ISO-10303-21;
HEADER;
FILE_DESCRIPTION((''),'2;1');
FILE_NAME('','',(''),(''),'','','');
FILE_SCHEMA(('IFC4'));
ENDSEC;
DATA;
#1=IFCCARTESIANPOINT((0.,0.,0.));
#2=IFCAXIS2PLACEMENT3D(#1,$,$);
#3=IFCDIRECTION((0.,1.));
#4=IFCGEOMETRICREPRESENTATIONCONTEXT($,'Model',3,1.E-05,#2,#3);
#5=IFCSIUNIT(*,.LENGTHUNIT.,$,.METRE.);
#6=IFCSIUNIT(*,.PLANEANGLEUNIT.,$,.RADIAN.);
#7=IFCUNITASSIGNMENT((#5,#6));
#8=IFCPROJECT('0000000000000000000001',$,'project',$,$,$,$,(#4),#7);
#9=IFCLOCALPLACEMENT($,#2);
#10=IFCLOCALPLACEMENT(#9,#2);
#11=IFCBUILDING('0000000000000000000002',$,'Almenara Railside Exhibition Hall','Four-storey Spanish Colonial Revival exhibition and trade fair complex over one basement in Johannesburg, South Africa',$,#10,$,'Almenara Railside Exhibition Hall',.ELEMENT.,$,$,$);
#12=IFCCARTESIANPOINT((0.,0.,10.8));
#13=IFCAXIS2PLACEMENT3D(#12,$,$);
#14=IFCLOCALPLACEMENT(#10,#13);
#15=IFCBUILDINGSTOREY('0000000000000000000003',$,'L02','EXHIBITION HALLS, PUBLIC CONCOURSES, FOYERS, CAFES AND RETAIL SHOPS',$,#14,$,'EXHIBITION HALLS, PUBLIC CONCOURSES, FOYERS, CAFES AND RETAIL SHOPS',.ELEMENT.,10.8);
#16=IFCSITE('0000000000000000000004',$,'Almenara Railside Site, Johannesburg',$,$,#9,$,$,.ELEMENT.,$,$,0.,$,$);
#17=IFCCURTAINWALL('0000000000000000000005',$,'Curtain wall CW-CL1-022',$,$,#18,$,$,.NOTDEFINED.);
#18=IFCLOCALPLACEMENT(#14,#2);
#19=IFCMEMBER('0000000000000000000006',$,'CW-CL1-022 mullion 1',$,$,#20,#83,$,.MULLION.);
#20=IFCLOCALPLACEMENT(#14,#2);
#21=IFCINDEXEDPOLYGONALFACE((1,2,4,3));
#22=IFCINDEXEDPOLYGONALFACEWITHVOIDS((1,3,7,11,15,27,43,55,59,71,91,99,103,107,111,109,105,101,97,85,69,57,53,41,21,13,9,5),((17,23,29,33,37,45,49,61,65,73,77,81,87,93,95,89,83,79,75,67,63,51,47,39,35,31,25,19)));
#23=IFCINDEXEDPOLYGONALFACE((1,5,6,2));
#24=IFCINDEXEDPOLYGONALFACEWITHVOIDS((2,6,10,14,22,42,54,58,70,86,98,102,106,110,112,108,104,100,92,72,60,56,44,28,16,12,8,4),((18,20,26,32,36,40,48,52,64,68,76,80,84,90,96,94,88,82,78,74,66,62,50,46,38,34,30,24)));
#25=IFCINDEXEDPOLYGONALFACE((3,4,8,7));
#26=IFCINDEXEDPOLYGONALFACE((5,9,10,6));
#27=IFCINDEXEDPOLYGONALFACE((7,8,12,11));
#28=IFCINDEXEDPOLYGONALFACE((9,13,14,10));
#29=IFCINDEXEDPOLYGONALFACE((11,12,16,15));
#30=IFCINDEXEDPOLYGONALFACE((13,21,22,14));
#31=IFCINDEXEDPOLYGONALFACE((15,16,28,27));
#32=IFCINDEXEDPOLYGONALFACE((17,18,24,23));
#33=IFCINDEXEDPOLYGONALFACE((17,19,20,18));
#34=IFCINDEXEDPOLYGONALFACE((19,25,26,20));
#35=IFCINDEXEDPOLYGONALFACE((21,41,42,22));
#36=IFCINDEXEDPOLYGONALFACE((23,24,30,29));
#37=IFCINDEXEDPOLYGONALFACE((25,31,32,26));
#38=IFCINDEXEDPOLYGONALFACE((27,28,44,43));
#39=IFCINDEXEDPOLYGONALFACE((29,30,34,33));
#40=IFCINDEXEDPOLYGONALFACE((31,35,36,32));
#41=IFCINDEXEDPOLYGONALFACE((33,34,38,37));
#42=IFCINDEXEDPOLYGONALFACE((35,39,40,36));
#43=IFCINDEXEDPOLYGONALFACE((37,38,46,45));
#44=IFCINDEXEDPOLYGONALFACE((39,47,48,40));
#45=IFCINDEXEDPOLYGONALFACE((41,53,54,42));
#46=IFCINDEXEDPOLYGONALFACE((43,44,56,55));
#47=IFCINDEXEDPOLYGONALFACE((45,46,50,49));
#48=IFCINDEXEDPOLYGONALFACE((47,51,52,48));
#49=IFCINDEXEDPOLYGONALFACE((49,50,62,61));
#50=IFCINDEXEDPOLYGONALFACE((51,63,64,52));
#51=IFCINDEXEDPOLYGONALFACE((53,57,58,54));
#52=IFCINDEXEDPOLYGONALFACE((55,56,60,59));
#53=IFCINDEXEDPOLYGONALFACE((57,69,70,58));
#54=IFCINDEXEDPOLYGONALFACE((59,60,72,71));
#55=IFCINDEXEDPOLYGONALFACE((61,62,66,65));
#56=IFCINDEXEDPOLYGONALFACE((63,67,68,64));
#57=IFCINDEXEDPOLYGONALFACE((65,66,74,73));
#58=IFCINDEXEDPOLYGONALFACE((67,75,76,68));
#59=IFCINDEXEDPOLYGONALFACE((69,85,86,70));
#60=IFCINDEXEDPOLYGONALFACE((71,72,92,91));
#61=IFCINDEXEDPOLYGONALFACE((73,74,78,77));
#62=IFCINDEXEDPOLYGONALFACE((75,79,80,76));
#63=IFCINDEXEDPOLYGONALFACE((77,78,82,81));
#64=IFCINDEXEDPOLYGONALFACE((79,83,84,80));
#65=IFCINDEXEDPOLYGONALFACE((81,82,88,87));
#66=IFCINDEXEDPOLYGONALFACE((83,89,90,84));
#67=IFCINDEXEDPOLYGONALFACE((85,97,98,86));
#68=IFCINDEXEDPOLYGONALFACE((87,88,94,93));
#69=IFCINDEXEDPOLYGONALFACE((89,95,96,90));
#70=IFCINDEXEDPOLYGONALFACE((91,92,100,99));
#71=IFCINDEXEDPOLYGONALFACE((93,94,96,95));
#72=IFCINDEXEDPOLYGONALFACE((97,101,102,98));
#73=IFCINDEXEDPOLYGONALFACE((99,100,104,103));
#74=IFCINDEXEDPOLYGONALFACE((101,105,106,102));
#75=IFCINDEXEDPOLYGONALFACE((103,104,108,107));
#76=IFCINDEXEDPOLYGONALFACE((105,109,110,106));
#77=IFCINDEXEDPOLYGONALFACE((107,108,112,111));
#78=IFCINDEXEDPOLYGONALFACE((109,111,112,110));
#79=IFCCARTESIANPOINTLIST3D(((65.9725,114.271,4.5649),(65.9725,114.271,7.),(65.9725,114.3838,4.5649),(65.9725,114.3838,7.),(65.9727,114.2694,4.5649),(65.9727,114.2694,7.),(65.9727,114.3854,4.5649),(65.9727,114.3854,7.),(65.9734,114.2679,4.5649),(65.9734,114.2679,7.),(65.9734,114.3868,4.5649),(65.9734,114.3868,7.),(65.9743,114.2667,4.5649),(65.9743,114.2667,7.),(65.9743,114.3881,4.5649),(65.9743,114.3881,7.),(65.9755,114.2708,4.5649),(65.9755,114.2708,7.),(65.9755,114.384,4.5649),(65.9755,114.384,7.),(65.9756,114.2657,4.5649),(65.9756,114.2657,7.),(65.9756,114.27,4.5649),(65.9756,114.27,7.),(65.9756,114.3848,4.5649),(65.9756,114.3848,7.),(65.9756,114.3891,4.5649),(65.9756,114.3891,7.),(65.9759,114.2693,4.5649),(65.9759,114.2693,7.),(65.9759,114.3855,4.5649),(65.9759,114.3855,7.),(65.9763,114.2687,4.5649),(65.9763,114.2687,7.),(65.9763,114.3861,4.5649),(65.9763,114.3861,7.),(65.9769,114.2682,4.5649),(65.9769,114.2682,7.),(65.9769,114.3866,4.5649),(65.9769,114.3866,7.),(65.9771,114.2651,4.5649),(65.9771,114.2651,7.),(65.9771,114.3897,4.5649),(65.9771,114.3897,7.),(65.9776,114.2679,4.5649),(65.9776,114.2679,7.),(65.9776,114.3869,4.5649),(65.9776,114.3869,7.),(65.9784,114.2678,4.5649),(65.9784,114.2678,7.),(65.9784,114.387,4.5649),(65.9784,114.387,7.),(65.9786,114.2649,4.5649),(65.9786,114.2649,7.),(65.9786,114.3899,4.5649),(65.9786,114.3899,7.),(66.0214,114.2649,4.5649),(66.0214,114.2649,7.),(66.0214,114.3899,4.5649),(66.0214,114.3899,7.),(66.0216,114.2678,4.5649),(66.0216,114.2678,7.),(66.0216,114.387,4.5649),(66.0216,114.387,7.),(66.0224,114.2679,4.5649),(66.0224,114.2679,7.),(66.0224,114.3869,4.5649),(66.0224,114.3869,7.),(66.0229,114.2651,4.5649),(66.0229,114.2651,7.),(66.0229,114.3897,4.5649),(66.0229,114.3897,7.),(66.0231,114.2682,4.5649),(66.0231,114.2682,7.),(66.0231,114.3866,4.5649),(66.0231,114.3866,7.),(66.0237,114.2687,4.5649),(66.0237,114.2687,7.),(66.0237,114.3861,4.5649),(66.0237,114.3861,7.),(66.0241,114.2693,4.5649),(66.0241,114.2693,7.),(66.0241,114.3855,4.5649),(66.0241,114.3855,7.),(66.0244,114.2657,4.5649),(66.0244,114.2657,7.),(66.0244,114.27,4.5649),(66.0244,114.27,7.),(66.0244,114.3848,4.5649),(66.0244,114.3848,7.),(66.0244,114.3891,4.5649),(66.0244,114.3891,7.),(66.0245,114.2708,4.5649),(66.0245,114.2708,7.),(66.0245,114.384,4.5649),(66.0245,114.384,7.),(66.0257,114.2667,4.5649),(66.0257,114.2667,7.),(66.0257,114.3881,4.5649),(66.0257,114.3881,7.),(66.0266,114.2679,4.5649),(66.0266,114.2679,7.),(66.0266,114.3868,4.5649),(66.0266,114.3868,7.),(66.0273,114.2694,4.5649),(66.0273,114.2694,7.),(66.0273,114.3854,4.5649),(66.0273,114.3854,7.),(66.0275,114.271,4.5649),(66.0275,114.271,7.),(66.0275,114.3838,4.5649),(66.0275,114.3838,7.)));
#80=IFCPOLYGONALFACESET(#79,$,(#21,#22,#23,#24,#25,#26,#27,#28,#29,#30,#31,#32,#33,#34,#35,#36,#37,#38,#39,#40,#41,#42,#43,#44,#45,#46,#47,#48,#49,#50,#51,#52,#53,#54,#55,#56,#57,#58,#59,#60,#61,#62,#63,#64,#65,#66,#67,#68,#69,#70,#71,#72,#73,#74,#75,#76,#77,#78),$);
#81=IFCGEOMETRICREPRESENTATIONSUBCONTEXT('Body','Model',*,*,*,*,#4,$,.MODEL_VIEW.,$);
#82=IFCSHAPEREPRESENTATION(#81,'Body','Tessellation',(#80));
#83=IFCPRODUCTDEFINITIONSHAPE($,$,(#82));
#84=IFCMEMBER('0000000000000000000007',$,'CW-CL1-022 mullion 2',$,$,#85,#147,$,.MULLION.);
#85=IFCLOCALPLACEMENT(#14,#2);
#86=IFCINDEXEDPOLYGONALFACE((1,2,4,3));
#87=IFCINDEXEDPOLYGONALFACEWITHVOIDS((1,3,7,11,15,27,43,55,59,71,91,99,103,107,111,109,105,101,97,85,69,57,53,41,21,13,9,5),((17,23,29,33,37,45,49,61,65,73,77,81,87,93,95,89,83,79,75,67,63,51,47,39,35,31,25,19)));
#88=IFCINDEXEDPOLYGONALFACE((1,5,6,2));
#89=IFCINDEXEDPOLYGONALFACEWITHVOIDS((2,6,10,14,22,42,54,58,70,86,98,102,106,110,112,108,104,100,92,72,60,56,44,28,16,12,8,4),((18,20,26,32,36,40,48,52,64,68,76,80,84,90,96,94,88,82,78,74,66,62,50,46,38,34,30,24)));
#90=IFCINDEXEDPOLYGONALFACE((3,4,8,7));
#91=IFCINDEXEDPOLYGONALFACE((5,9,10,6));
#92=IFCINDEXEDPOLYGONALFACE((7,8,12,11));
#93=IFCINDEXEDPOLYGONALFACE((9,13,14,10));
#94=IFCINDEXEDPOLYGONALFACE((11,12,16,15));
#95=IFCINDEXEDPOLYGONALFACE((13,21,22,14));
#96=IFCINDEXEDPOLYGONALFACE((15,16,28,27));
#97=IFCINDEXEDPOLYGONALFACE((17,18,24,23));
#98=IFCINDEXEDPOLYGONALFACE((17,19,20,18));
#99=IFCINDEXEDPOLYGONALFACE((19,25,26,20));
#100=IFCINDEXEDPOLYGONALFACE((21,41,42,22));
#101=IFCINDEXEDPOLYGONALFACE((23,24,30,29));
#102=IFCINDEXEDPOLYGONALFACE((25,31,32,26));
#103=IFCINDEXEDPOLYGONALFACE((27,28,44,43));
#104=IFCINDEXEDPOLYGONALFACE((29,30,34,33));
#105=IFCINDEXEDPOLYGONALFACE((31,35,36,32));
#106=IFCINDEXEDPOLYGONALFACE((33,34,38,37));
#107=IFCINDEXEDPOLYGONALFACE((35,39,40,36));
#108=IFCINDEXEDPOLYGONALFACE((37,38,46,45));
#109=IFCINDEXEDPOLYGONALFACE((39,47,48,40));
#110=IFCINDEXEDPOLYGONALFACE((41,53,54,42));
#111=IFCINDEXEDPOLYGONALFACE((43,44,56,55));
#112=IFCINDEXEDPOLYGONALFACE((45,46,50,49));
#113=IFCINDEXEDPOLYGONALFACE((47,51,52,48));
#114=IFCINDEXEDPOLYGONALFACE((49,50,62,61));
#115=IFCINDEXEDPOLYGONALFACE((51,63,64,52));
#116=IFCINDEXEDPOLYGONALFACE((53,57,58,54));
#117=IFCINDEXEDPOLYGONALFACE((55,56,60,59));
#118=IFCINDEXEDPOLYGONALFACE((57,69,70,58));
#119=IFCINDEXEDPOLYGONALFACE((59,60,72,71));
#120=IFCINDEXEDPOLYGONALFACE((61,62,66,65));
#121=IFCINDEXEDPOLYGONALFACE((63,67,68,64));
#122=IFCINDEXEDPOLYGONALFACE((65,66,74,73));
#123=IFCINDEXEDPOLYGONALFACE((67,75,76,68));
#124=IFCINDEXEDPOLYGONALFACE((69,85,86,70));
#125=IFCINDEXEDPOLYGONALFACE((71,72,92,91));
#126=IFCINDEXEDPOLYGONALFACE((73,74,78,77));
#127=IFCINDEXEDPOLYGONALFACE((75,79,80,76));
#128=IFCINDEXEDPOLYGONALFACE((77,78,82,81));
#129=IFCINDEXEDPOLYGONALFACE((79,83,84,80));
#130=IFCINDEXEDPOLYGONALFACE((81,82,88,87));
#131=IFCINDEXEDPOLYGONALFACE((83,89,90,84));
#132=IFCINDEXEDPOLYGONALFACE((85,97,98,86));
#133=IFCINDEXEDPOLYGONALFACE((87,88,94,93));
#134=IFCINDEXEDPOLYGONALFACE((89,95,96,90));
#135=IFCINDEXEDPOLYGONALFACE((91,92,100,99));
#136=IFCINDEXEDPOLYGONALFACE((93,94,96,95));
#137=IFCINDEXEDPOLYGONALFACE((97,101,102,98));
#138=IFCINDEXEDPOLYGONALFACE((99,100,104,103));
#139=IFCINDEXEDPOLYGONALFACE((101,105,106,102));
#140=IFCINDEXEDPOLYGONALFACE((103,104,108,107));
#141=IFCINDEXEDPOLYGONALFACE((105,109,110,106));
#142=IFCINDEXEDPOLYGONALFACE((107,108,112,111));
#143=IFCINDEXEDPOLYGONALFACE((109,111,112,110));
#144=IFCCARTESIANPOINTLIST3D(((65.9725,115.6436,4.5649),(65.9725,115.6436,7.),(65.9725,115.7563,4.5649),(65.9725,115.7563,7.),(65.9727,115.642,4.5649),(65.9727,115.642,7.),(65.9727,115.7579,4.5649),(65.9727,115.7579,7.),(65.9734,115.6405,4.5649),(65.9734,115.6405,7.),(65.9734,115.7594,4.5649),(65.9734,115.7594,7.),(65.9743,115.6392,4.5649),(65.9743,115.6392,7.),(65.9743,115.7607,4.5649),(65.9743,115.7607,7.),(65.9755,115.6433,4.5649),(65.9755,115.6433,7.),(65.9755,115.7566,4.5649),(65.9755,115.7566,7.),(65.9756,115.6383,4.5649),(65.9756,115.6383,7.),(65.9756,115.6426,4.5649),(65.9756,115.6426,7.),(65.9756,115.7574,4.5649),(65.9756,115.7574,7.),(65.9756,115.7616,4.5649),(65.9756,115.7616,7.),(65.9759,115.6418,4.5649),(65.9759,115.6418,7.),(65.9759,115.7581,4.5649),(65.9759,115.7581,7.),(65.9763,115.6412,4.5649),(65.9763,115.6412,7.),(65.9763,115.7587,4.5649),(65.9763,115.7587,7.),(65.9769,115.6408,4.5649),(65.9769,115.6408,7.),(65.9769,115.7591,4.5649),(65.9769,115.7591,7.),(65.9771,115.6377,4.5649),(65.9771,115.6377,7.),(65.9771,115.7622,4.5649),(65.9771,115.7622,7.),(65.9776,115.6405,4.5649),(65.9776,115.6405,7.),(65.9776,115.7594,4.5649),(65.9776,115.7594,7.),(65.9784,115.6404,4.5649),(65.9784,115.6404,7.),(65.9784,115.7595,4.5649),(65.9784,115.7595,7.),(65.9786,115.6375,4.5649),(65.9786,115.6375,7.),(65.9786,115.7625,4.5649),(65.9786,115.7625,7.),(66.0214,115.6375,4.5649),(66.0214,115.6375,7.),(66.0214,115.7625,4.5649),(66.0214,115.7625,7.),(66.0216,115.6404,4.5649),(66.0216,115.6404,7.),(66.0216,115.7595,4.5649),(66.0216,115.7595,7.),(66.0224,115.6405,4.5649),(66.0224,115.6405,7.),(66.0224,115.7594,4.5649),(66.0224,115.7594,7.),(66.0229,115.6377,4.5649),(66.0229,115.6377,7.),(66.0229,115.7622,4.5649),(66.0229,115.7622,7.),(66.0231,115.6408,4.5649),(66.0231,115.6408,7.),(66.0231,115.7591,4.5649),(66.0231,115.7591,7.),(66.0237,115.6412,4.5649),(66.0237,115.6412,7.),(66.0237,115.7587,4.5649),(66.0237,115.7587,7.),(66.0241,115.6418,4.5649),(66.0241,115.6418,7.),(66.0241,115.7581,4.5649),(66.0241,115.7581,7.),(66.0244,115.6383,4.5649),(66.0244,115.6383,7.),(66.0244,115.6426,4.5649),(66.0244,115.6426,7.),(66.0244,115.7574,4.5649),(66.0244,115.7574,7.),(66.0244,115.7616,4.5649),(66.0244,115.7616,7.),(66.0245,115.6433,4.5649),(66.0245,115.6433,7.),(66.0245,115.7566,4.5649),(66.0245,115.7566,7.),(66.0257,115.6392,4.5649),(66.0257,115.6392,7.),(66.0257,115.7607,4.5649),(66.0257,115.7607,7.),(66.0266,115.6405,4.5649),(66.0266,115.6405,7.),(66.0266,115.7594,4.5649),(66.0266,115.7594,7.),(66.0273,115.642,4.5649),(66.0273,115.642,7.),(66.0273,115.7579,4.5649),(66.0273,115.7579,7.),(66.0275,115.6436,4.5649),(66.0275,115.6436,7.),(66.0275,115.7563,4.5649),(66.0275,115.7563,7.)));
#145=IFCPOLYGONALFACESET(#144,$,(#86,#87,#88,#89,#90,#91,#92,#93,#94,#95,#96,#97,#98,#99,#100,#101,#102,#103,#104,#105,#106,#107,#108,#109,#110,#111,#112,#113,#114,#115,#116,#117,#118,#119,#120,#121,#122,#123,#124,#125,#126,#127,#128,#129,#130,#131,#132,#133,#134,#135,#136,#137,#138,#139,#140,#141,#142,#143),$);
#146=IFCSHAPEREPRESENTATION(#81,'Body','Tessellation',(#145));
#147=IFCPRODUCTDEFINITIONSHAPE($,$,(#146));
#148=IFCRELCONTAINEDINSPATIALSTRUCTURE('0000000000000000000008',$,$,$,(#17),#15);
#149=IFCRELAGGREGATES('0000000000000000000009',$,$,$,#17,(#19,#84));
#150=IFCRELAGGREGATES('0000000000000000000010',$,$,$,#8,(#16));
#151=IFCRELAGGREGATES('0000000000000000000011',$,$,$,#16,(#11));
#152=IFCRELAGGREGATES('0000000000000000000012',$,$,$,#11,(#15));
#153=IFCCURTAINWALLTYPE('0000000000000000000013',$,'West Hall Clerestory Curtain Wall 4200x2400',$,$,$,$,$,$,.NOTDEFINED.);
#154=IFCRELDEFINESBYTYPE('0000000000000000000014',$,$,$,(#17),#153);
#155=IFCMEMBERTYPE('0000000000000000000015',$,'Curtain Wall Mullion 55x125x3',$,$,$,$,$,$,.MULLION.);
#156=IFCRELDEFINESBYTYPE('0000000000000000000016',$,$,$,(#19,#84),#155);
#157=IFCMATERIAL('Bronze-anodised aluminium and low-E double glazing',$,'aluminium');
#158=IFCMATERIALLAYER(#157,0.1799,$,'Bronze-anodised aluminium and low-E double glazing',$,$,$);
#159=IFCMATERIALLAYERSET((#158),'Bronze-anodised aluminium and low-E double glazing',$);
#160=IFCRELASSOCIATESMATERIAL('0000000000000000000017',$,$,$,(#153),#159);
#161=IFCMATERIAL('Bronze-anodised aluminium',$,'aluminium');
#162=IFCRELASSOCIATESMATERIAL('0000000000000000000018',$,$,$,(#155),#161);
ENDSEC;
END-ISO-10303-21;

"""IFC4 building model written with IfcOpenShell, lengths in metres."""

from ifc_helpers import new_model, si_unit, direction, frame, origin, origin_2d, place, context, subcontext, project, spatial, hollow_rectangle, extrude, material, layer, layer_set, material_profile, profile_set, type_object, element, aggregate, save


model = new_model("IFC4")

# Units and contexts
model_context = context("Model", 3, precision=1e-05, world=origin(), true_north=direction((0.0, 1.0)))
body_context = subcontext(model_context, "Body", "Model", "MODEL_VIEW")
ifc_project = project(units=[si_unit("LENGTHUNIT", "METRE"), si_unit("PLANEANGLEUNIT", "RADIAN")], contexts=[model_context])

# Site, building, storey
site_placement = place(None, origin())
site = spatial("IfcSite", under=ifc_project, at=site_placement, Name="Almenara Railside Site, Johannesburg", CompositionType="ELEMENT", RefElevation=0.0)
building_placement = place(site_placement, origin())
building = spatial("IfcBuilding", under=site, at=building_placement, Name="Almenara Railside Exhibition Hall", Description="Four-storey Spanish Colonial Revival exhibition and trade fair complex over one basement in Johannesburg, South Africa", LongName="Almenara Railside Exhibition Hall", CompositionType="ELEMENT")
storey_placement = place(building_placement, frame((0.0, 0.0, 10.8)))
storey = spatial("IfcBuildingStorey", under=building, at=storey_placement, Name="L02", Description="EXHIBITION HALLS, PUBLIC CONCOURSES, FOYERS, CAFES AND RETAIL SHOPS", LongName="EXHIBITION HALLS, PUBLIC CONCOURSES, FOYERS, CAFES AND RETAIL SHOPS", CompositionType="ELEMENT", Elevation=10.8)

# Curtain wall, members
ifc_material_1 = material(Name="Bronze-anodised aluminium and low-E double glazing", Category="aluminium")
ifc_layer_1 = layer(ifc_material_1, 0.1799, Name="Bronze-anodised aluminium and low-E double glazing")
ifc_layer_set_1 = layer_set([ifc_layer_1], Name="Bronze-anodised aluminium and low-E double glazing")
curtain_wall_type = type_object("IfcCurtainWallType", Name="West Hall Clerestory Curtain Wall 4200x2400", PredefinedType="NOTDEFINED", material=ifc_layer_set_1)
curtain_wall_1_placement = place(storey_placement, origin())
curtain_wall_1 = element("IfcCurtainWall", 1, at=curtain_wall_1_placement, inside=storey, type_object=curtain_wall_type, Name="Curtain wall CW-CL1-022", PredefinedType="NOTDEFINED")
ifc_material_2 = material(Name="Bronze-anodised aluminium", Category="aluminium")
ifc_material_profile_1 = material_profile(ifc_material_2, hollow_rectangle(XDim=0.0549, YDim=0.125, WallThickness=0.0029, InnerFilletRadius=0.0029, OuterFilletRadius=0.0061, at=origin_2d()), Name="ALU-MUL 55x125x3")
ifc_profile_set_1 = profile_set([ifc_material_profile_1], Name="Bronze-anodised aluminium")
member_type_1 = type_object("IfcMemberType", Name="Curtain Wall Mullion 55x125x3", PredefinedType="MULLION", material=ifc_profile_set_1)
member_1_placement = place(storey_placement, frame((66.0, 114.3274, 4.5649), z_axis=(0.0, 0.0, 1.0), x_axis=(-1.0, 0.0, 0.0)))
member_1 = element("IfcMember", 2, at=member_1_placement, type_object=member_type_1, Name="CW-CL1-022 mullion 1", PredefinedType="MULLION", context=body_context, shape_type="SweptSolid", body=[
    extrude(hollow_rectangle(XDim=0.0549, YDim=0.125, WallThickness=0.0029, InnerFilletRadius=0.0029, OuterFilletRadius=0.0061, at=origin_2d()), origin(), (0.0, 0.0, 1.0), 2.4351),
])
member_2_placement = place(storey_placement, frame((66.0, 115.7, 4.5649), z_axis=(0.0, 0.0, 1.0), x_axis=(-1.0, 0.0, 0.0)))
member_2 = element("IfcMember", 3, at=member_2_placement, type_object=member_type_1, Name="CW-CL1-022 mullion 2", PredefinedType="MULLION", context=body_context, shape_type="SweptSolid", body=[
    extrude(hollow_rectangle(XDim=0.0549, YDim=0.125, WallThickness=0.0029, InnerFilletRadius=0.0029, OuterFilletRadius=0.0061, at=origin_2d()), origin(), (0.0, 0.0, 1.0), 2.4351),
])

aggregate(curtain_wall_1, [member_1, member_2])

save(model, "model.ifc")
